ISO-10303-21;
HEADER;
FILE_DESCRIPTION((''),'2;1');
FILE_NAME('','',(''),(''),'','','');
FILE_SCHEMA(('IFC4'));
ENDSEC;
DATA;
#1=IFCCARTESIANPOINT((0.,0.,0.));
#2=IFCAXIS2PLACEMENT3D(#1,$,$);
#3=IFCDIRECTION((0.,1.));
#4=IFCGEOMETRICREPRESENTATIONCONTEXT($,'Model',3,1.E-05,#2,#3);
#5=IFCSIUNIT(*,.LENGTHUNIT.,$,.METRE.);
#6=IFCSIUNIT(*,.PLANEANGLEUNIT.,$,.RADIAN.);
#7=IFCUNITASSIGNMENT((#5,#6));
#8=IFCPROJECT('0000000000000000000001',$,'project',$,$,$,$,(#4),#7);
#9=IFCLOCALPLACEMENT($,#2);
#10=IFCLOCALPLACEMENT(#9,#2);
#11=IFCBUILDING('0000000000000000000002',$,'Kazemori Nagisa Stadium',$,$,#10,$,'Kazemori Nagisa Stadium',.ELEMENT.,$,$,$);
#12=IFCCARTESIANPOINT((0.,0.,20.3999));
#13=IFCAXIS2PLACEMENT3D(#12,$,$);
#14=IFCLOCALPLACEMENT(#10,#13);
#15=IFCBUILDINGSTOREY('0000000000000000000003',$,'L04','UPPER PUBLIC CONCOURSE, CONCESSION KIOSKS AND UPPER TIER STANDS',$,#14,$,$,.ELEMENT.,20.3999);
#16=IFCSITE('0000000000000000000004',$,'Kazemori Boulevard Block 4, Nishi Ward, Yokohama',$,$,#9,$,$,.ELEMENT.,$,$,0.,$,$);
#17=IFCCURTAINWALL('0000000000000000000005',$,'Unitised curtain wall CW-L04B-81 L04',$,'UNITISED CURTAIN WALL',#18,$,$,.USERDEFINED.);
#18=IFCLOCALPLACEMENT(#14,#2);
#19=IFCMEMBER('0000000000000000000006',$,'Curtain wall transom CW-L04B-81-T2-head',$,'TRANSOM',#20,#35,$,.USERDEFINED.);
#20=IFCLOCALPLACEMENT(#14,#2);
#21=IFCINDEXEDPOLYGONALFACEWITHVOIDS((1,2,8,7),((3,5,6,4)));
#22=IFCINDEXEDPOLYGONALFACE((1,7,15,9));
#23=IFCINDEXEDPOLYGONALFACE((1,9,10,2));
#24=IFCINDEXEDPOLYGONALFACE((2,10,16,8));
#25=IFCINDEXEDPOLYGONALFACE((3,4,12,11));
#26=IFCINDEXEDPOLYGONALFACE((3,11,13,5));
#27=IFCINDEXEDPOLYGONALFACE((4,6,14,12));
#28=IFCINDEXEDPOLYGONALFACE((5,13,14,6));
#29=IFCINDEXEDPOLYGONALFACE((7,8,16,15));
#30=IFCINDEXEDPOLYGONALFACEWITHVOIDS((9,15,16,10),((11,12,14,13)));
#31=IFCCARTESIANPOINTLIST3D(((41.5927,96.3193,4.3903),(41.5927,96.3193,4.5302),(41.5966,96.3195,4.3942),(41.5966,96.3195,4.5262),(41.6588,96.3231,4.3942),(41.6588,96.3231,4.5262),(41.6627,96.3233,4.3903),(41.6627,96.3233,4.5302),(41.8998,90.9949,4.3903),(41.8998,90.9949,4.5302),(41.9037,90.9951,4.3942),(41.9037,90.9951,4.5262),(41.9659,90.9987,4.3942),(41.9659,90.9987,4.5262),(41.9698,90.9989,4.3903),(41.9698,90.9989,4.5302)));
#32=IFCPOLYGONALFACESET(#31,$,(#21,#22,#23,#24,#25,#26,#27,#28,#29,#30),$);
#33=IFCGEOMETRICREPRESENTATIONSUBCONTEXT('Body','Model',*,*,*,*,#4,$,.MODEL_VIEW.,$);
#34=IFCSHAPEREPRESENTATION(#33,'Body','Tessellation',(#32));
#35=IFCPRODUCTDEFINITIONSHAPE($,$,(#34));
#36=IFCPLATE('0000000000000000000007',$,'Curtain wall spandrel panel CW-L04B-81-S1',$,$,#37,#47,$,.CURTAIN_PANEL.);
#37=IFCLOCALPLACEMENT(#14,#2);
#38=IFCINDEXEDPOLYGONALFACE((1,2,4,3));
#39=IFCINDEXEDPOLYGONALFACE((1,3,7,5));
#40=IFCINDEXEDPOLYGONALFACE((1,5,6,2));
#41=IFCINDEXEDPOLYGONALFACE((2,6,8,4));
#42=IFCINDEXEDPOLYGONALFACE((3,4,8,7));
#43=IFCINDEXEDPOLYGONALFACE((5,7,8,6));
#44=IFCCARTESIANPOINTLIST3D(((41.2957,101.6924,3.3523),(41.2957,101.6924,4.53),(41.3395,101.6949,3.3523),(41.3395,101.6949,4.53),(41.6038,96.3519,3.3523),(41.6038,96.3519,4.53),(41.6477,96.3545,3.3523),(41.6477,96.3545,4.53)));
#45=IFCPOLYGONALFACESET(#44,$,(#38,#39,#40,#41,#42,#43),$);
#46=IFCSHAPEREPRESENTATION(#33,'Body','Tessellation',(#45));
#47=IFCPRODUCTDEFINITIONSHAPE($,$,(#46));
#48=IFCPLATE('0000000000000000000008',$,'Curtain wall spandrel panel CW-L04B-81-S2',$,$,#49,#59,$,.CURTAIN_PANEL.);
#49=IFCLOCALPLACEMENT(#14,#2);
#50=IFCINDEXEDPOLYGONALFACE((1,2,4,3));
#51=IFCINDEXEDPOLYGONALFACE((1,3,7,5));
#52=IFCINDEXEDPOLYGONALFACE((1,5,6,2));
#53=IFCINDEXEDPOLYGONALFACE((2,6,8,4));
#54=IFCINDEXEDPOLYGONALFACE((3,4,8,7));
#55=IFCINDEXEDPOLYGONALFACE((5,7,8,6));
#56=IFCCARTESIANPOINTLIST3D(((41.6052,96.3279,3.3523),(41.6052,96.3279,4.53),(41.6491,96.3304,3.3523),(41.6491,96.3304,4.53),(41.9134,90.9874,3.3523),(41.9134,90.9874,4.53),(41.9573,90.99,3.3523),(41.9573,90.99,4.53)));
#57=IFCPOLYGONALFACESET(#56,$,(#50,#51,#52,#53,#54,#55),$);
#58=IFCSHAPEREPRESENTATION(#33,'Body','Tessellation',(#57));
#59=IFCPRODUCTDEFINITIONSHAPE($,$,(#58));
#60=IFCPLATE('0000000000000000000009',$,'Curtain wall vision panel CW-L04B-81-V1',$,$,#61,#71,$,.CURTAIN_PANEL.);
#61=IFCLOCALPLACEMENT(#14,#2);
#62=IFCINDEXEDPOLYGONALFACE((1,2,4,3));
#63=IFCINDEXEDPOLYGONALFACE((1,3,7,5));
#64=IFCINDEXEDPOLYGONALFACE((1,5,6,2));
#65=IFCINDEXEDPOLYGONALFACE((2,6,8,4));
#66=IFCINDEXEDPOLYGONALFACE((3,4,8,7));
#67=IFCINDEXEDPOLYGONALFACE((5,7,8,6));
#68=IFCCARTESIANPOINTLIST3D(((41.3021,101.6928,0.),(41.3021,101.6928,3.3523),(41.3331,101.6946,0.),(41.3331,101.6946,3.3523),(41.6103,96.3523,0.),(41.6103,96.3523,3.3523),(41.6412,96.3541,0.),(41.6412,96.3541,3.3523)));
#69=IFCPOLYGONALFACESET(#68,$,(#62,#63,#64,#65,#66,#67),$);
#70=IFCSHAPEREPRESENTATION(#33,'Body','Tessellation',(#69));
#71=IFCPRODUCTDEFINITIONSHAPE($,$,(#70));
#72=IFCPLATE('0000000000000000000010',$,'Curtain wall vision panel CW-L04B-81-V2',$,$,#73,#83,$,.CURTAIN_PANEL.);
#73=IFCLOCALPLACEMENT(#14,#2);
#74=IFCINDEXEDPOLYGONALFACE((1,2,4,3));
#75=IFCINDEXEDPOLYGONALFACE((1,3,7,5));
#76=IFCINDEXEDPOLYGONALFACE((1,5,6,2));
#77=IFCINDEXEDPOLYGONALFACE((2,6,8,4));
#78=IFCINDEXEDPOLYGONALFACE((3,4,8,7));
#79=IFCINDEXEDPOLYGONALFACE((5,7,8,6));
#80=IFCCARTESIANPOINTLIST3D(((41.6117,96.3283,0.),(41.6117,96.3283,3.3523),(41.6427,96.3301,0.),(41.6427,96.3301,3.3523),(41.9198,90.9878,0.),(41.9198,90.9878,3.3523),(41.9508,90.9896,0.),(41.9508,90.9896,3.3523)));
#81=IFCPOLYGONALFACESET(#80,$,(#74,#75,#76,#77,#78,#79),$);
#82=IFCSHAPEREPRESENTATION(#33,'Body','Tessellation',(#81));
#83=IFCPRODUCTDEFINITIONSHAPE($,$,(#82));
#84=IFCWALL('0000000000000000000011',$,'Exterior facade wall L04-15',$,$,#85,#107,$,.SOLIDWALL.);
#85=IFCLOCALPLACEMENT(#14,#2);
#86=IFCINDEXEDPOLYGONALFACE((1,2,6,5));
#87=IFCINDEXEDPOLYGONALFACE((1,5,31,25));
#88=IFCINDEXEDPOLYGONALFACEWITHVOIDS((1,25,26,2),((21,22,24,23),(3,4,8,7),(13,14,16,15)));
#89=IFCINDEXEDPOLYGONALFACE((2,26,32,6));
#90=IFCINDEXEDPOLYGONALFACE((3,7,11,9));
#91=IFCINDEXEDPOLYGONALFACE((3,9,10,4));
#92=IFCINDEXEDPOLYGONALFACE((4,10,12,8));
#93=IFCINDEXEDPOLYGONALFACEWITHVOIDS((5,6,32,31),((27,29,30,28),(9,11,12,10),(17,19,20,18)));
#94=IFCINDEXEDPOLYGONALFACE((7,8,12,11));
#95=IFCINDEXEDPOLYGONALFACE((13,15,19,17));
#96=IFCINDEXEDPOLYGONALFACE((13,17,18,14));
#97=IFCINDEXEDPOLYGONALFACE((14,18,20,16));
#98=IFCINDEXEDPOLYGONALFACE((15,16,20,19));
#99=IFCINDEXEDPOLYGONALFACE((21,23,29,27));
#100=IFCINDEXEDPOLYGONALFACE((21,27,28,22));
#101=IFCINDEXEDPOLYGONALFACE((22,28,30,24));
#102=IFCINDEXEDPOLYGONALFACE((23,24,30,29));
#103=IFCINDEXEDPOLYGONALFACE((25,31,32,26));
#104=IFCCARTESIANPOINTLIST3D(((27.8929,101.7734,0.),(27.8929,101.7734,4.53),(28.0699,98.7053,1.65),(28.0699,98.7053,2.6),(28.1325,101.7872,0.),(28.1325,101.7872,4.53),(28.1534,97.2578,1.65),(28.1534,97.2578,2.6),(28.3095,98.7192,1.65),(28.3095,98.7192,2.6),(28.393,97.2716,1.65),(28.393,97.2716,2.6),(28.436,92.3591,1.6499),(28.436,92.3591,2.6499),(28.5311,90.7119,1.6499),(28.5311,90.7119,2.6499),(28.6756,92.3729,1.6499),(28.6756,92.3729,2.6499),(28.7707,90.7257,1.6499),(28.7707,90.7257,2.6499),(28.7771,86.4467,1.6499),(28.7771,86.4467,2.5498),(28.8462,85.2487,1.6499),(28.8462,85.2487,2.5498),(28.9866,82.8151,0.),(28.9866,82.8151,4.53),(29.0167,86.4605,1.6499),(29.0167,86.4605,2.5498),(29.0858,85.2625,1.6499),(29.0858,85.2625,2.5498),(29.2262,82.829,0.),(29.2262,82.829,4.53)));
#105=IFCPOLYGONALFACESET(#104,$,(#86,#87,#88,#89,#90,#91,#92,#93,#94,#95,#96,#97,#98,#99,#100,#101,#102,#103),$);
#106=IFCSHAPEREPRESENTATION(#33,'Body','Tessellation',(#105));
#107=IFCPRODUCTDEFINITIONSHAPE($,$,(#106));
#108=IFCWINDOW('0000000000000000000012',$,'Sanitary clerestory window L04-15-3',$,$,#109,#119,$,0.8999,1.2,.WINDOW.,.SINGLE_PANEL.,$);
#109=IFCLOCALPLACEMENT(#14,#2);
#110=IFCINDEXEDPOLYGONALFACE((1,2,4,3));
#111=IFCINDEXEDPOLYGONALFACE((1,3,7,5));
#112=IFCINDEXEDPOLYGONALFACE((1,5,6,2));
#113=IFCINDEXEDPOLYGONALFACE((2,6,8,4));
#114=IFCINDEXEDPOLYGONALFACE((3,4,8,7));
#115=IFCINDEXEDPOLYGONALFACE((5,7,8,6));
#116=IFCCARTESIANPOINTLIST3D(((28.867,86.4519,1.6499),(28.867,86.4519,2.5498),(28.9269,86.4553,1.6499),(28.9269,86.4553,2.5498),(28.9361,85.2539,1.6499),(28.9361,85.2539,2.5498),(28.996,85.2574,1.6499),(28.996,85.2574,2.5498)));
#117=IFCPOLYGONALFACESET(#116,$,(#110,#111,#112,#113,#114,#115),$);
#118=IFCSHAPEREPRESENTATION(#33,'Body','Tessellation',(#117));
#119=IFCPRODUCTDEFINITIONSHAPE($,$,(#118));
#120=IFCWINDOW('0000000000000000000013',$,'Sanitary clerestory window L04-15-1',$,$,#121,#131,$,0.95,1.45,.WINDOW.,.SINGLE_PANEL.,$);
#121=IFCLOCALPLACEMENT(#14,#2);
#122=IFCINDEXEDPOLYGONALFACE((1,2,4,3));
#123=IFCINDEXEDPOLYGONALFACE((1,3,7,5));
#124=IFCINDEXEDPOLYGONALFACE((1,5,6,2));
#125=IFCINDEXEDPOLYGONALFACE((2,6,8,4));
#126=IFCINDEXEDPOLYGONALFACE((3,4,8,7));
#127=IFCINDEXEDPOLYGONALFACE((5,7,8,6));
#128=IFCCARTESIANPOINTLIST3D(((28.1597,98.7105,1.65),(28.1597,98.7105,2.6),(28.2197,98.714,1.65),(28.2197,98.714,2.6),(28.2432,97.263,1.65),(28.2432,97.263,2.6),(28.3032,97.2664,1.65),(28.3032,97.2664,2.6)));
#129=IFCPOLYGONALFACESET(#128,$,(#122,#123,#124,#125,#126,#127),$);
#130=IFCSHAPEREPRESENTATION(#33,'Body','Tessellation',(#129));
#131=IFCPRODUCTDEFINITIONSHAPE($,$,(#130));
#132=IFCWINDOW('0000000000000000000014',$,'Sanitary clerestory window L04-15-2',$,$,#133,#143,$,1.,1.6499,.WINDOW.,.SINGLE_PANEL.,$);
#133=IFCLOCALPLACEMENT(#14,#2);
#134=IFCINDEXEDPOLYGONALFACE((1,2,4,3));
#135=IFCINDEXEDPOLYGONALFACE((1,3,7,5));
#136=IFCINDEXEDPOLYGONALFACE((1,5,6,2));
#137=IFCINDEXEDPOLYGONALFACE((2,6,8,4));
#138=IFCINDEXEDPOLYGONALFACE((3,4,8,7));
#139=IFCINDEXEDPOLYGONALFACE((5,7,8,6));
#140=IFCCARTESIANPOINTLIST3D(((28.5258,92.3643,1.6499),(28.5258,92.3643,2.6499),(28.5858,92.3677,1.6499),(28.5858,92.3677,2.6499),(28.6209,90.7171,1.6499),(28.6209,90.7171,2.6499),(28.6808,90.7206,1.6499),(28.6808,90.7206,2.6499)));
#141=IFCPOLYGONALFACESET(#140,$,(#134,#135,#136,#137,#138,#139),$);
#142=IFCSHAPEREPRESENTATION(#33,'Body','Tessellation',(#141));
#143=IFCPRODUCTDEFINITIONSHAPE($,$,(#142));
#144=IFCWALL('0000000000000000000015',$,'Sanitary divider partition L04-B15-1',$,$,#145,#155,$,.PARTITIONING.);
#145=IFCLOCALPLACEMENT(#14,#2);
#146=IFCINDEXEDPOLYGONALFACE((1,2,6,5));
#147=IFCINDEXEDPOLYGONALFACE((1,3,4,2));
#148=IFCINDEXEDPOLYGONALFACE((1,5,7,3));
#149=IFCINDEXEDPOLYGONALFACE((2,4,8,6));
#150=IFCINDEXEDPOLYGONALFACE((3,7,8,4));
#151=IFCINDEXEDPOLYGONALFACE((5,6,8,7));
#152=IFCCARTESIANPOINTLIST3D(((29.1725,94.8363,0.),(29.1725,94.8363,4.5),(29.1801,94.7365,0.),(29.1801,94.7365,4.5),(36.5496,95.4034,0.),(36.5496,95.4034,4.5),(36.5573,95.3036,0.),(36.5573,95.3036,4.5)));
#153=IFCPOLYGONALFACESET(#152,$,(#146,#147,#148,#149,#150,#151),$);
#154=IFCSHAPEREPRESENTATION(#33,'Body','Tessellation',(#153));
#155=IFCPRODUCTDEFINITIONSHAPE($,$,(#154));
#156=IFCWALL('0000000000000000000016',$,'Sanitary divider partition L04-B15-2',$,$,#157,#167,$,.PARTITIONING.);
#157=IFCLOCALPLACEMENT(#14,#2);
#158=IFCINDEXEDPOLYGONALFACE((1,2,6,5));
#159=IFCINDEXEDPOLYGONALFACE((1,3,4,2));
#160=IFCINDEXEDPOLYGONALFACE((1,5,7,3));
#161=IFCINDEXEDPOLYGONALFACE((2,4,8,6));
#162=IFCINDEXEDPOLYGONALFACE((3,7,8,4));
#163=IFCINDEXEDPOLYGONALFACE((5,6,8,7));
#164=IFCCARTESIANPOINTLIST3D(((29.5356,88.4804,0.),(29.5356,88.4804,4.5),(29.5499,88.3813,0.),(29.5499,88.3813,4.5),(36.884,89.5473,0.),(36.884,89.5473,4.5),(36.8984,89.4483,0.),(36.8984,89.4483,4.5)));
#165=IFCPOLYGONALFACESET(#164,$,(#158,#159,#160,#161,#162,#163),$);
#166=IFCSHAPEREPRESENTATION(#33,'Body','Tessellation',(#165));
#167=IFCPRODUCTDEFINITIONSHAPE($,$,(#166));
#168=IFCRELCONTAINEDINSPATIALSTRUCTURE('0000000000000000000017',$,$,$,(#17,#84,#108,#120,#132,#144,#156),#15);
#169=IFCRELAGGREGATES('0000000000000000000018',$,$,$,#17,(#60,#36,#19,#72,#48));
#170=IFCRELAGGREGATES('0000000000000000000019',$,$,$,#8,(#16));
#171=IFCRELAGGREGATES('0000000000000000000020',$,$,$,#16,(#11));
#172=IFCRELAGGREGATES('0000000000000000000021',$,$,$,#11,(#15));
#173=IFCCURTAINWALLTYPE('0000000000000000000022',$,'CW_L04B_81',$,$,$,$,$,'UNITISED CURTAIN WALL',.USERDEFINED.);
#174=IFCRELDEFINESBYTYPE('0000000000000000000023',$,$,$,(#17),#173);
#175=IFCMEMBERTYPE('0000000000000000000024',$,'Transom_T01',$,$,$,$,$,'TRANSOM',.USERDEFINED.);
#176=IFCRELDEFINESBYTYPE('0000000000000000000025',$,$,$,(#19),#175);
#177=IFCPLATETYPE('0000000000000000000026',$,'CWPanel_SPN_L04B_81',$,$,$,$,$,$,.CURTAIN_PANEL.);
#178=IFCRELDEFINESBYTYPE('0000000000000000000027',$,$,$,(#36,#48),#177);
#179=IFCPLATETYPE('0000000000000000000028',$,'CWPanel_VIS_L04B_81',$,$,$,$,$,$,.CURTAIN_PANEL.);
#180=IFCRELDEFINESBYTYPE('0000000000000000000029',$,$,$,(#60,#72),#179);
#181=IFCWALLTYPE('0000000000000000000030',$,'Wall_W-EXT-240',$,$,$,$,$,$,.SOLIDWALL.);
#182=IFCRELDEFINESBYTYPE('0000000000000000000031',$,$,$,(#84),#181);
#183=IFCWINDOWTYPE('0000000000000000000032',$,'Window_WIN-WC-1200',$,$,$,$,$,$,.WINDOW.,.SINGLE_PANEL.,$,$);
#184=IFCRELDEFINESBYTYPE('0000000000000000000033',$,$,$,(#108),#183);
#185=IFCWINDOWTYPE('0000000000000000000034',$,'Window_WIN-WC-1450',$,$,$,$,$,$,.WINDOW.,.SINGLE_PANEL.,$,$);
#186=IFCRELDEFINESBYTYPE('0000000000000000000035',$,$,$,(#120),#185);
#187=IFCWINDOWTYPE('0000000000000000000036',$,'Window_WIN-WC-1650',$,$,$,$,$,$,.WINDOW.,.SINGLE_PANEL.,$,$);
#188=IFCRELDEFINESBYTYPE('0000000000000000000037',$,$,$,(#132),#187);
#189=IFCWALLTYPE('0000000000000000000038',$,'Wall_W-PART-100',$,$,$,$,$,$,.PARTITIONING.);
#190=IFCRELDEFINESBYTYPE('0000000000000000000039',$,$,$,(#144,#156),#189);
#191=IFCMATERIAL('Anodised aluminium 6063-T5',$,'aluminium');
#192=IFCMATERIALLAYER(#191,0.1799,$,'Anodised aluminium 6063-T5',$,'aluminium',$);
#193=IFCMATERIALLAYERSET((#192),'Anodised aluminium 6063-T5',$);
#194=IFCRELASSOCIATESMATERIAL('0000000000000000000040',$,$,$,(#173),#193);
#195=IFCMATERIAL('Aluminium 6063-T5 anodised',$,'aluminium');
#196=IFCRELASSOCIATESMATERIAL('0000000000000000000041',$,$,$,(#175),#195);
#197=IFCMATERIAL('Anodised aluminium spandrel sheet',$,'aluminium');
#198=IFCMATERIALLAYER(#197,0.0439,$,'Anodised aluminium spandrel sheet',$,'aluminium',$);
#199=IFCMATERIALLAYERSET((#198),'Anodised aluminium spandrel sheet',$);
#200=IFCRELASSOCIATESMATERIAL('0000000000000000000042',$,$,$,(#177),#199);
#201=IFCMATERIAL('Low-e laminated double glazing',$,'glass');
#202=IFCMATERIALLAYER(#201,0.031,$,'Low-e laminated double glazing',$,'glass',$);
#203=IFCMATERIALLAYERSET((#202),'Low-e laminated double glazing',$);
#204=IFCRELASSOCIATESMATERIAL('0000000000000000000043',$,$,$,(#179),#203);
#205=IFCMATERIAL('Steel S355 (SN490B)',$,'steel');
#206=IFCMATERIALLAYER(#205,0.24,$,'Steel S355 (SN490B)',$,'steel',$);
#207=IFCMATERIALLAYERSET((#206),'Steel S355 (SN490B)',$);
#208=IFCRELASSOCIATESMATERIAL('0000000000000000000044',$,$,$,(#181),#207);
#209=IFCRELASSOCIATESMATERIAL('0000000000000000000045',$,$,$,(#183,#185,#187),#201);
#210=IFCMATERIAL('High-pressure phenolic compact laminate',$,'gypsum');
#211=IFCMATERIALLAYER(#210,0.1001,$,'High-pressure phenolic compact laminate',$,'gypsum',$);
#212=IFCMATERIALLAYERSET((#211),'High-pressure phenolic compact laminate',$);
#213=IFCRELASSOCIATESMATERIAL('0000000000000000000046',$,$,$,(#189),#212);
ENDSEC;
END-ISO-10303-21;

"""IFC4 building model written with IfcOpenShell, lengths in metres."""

from ifc_helpers import new_model, si_unit, direction, frame, frame_2d, origin, origin_2d, place, context, subcontext, project, spatial, rectangle, hollow_rectangle, extrude, material, layer, layer_set, material_profile, profile_set, type_object, element, fill, aggregate, save


model = new_model("IFC4")

# Units and contexts
model_context = context("Model", 3, precision=1e-05, world=origin(), true_north=direction((0.0, 1.0)))
body_context = subcontext(model_context, "Body", "Model", "MODEL_VIEW")
ifc_project = project(units=[si_unit("LENGTHUNIT", "METRE"), si_unit("PLANEANGLEUNIT", "RADIAN")], contexts=[model_context])

# Site, building, storey
site_placement = place(None, origin())
site = spatial("IfcSite", under=ifc_project, at=site_placement, Name="Kazemori Boulevard Block 4, Nishi Ward, Yokohama", CompositionType="ELEMENT", RefElevation=0.0)
building_placement = place(site_placement, origin())
building = spatial("IfcBuilding", under=site, at=building_placement, Name="Kazemori Nagisa Stadium", LongName="Kazemori Nagisa Stadium", CompositionType="ELEMENT")
storey_placement = place(building_placement, frame((0.0, 0.0, 20.3999)))
storey = spatial("IfcBuildingStorey", under=building, at=storey_placement, Name="L04", Description="UPPER PUBLIC CONCOURSE, CONCESSION KIOSKS AND UPPER TIER STANDS", CompositionType="ELEMENT", Elevation=20.3999)

# Curtain wall, member, plates
ifc_material_1 = material(Name="Anodised aluminium 6063-T5", Category="aluminium")
ifc_layer_1 = layer(ifc_material_1, 0.1799, Name="Anodised aluminium 6063-T5", Category="aluminium")
ifc_layer_set_1 = layer_set([ifc_layer_1], Name="Anodised aluminium 6063-T5")
curtain_wall_type = type_object("IfcCurtainWallType", Name="CW_L04B_81", ElementType="UNITISED CURTAIN WALL", PredefinedType="USERDEFINED", material=ifc_layer_set_1)
curtain_wall_placement = place(storey_placement, origin())
curtain_wall = element("IfcCurtainWall", 1, at=curtain_wall_placement, inside=storey, type_object=curtain_wall_type, Name="Unitised curtain wall CW-L04B-81 L04", ObjectType="UNITISED CURTAIN WALL", PredefinedType="USERDEFINED")
ifc_material_2 = material(Name="Aluminium 6063-T5 anodised", Category="aluminium")
ifc_material_profile_1 = material_profile(ifc_material_2, hollow_rectangle(XDim=0.0701, YDim=0.1399, WallThickness=0.0039, at=origin_2d()), Name="ALU-TRAN-70x140x4")
ifc_profile_set_1 = profile_set([ifc_material_profile_1], Name="Aluminium 6063-T5 anodised")
member_type_1 = type_object("IfcMemberType", Name="Transom_T01", ElementType="TRANSOM", PredefinedType="USERDEFINED", material=ifc_profile_set_1)
member_1_placement = place(storey_placement, frame((41.6277, 96.3213, 4.4602), z_axis=(0.057587, -0.99834, 0.0), x_axis=(0.99834, 0.057587, 0.0)))
member_1 = element("IfcMember", 2, at=member_1_placement, type_object=member_type_1, Name="Curtain wall transom CW-L04B-81-T2-head", ObjectType="TRANSOM", PredefinedType="USERDEFINED", context=body_context, shape_type="SweptSolid", body=[
    extrude(hollow_rectangle(XDim=0.0701, YDim=0.1399, WallThickness=0.0039, at=origin_2d()), origin(), (0.0, 0.0, 1.0), 5.3333),
])
ifc_material_3 = material(Name="Anodised aluminium spandrel sheet", Category="aluminium")
ifc_layer_2 = layer(ifc_material_3, 0.0439, Name="Anodised aluminium spandrel sheet", Category="aluminium")
ifc_layer_set_2 = layer_set([ifc_layer_2], Name="Anodised aluminium spandrel sheet")
plate_type_1 = type_object("IfcPlateType", Name="CWPanel_SPN_L04B_81", PredefinedType="CURTAIN_PANEL", material=ifc_layer_set_2)
plate_1_placement = place(storey_placement, frame((41.4717, 99.0234, 3.3523), z_axis=(0.0, 0.0, 1.0), x_axis=(0.057602, -0.99834, 0.0)))
plate_1 = element("IfcPlate", 3, at=plate_1_placement, type_object=plate_type_1, Name="Curtain wall spandrel panel CW-L04B-81-S1", PredefinedType="CURTAIN_PANEL", context=body_context, shape_type="SweptSolid", body=[
    extrude(rectangle(XDim=5.3494, YDim=0.0439, at=origin_2d()), origin(), (0.0, 0.0, 1.0), 1.1777),
])
plate_2_placement = place(storey_placement, frame((41.7812, 93.6589, 3.3523), z_axis=(0.0, 0.0, 1.0), x_axis=(0.057602, -0.99834, 0.0)))
plate_2 = element("IfcPlate", 4, at=plate_2_placement, type_object=plate_type_1, Name="Curtain wall spandrel panel CW-L04B-81-S2", PredefinedType="CURTAIN_PANEL", context=body_context, shape_type="SweptSolid", body=[
    extrude(rectangle(XDim=5.3494, YDim=0.0439, at=origin_2d()), origin(), (0.0, 0.0, 1.0), 1.1777),
])
ifc_material_4 = material(Name="Low-e laminated double glazing", Category="glass")
ifc_layer_3 = layer(ifc_material_4, 0.031, Name="Low-e laminated double glazing", Category="glass")
ifc_layer_set_3 = layer_set([ifc_layer_3], Name="Low-e laminated double glazing")
plate_type_2 = type_object("IfcPlateType", Name="CWPanel_VIS_L04B_81", PredefinedType="CURTAIN_PANEL", material=ifc_layer_set_3)
plate_3_placement = place(storey_placement, frame((41.4717, 99.0234, 0.0), z_axis=(0.0, 0.0, 1.0), x_axis=(0.057602, -0.99834, 0.0)))
plate_3 = element("IfcPlate", 5, at=plate_3_placement, type_object=plate_type_2, Name="Curtain wall vision panel CW-L04B-81-V1", PredefinedType="CURTAIN_PANEL", context=body_context, shape_type="SweptSolid", body=[
    extrude(rectangle(XDim=5.3494, YDim=0.031, at=origin_2d()), origin(), (0.0, 0.0, 1.0), 3.3523),
])
plate_4_placement = place(storey_placement, frame((41.7812, 93.6589, 0.0), z_axis=(0.0, 0.0, 1.0), x_axis=(0.057602, -0.99834, 0.0)))
plate_4 = element("IfcPlate", 6, at=plate_4_placement, type_object=plate_type_2, Name="Curtain wall vision panel CW-L04B-81-V2", PredefinedType="CURTAIN_PANEL", context=body_context, shape_type="SweptSolid", body=[
    extrude(rectangle(XDim=5.3494, YDim=0.031, at=origin_2d()), origin(), (0.0, 0.0, 1.0), 3.3523),
])
aggregate(curtain_wall, [plate_3, plate_1, member_1, plate_4, plate_2])

# Wall, openings, windows
ifc_material_5 = material(Name="Steel S355 (SN490B)", Category="steel")
ifc_layer_4 = layer(ifc_material_5, 0.24, Name="Steel S355 (SN490B)", Category="steel")
ifc_layer_set_4 = layer_set([ifc_layer_4], Name="Steel S355 (SN490B)")
wall_type_1 = type_object("IfcWallType", Name="Wall_W-EXT-240", PredefinedType="SOLIDWALL", material=ifc_layer_set_4)
wall_1_placement = place(storey_placement, frame((28.0127, 101.7803, 0.0), z_axis=(0.0, 0.0, 1.0), x_axis=(0.057597, -0.99834, 0.0)))
wall_1 = element("IfcWall", 7, at=wall_1_placement, inside=storey, type_object=wall_type_1, Name="Exterior facade wall L04-15", PredefinedType="SOLIDWALL", context=body_context, shape_type="SweptSolid", body=[
    extrude(rectangle(XDim=18.9897, YDim=0.24, at=frame_2d((9.4949, 0.0))), origin(), (0.0, 0.0, 1.0), 4.53),
])
opening_1_placement = place(wall_1_placement, frame((3.073, 0.0, 1.6499)))
opening_1 = element("IfcOpeningElement", 8, at=opening_1_placement, cuts=wall_1, PredefinedType="OPENING", context=body_context, shape_type="SweptSolid", body=[
    extrude(rectangle(XDim=1.45, YDim=0.95, at=frame_2d((0.7251, 0.4751))), frame((0.0, 0.1299, 0.0), z_axis=(0.0, -1.0, 0.0), x_axis=(1.0, 0.0, 0.0)), (0.0, 0.0, 1.0), 0.26),
])
opening_2_placement = place(wall_1_placement, frame((9.4299, 0.0, 1.6499)))
opening_2 = element("IfcOpeningElement", 9, at=opening_2_placement, cuts=wall_1, PredefinedType="OPENING", context=body_context, shape_type="SweptSolid", body=[
    extrude(rectangle(XDim=1.6499, YDim=1.0, at=frame_2d((0.825, 0.5))), frame((0.0, 0.1299, 0.0), z_axis=(0.0, -1.0, 0.0), x_axis=(1.0, 0.0, 0.0)), (0.0, 0.0, 1.0), 0.26),
])
opening_3_placement = place(wall_1_placement, frame((15.3521, 0.0, 1.6499)))
opening_3 = element("IfcOpeningElement", 10, at=opening_3_placement, cuts=wall_1, PredefinedType="OPENING", context=body_context, shape_type="SweptSolid", body=[
    extrude(rectangle(XDim=1.2, YDim=0.8999, at=frame_2d((0.6001, 0.45))), frame((0.0, 0.1299, 0.0), z_axis=(0.0, -1.0, 0.0), x_axis=(1.0, 0.0, 0.0)), (0.0, 0.0, 1.0), 0.26),
])
window_type_1 = type_object("IfcWindowType", Name="Window_WIN-WC-1200", PartitioningType="SINGLE_PANEL", PredefinedType="WINDOW", material=ifc_material_4)
window_1_placement = place(opening_3_placement, origin())
window_1 = element("IfcWindow", 11, at=window_1_placement, inside=storey, type_object=window_type_1, Name="Sanitary clerestory window L04-15-3", OverallHeight=0.8999, OverallWidth=1.2, PartitioningType="SINGLE_PANEL", PredefinedType="WINDOW", context=body_context, shape_type="SweptSolid", body=[
    extrude(rectangle(XDim=1.2, YDim=0.8999, at=frame_2d((0.6001, 0.45))), frame((0.0, 0.03, 0.0), z_axis=(0.0, -1.0, 0.0), x_axis=(1.0, 0.0, 0.0)), (0.0, 0.0, 1.0), 0.0601),
])
fill(opening_3, window_1)
window_type_2 = type_object("IfcWindowType", Name="Window_WIN-WC-1450", PartitioningType="SINGLE_PANEL", PredefinedType="WINDOW", material=ifc_material_4)
window_2_placement = place(opening_1_placement, origin())
window_2 = element("IfcWindow", 12, at=window_2_placement, inside=storey, type_object=window_type_2, Name="Sanitary clerestory window L04-15-1", OverallHeight=0.95, OverallWidth=1.45, PartitioningType="SINGLE_PANEL", PredefinedType="WINDOW", context=body_context, shape_type="SweptSolid", body=[
    extrude(rectangle(XDim=1.45, YDim=0.95, at=frame_2d((0.7251, 0.4751))), frame((0.0, 0.03, 0.0), z_axis=(0.0, -1.0, 0.0), x_axis=(1.0, 0.0, 0.0)), (0.0, 0.0, 1.0), 0.0601),
])
fill(opening_1, window_2)
window_type_3 = type_object("IfcWindowType", Name="Window_WIN-WC-1650", PartitioningType="SINGLE_PANEL", PredefinedType="WINDOW", material=ifc_material_4)
window_3_placement = place(opening_2_placement, origin())
window_3 = element("IfcWindow", 13, at=window_3_placement, inside=storey, type_object=window_type_3, Name="Sanitary clerestory window L04-15-2", OverallHeight=1.0, OverallWidth=1.6499, PartitioningType="SINGLE_PANEL", PredefinedType="WINDOW", context=body_context, shape_type="SweptSolid", body=[
    extrude(rectangle(XDim=1.6499, YDim=1.0, at=frame_2d((0.825, 0.5))), frame((0.0, 0.03, 0.0), z_axis=(0.0, -1.0, 0.0), x_axis=(1.0, 0.0, 0.0)), (0.0, 0.0, 1.0), 0.0601),
])
fill(opening_2, window_3)

# Walls
ifc_material_6 = material(Name="High-pressure phenolic compact laminate", Category="gypsum")
ifc_layer_5 = layer(ifc_material_6, 0.1001, Name="High-pressure phenolic compact laminate", Category="gypsum")
ifc_layer_set_5 = layer_set([ifc_layer_5], Name="High-pressure phenolic compact laminate")
wall_type_2 = type_object("IfcWallType", Name="Wall_W-PART-100", PredefinedType="PARTITIONING", material=ifc_layer_set_5)
wall_2_placement = place(storey_placement, frame((36.5535, 95.3535, 0.0), z_axis=(0.0, 0.0, 1.0), x_axis=(-0.997058, -0.076651, 0.0)))
element("IfcWall", 14, at=wall_2_placement, inside=storey, type_object=wall_type_2, Name="Sanitary divider partition L04-B15-1", PredefinedType="PARTITIONING", context=body_context, shape_type="SweptSolid", body=[
    extrude(rectangle(XDim=7.3989, YDim=0.1001, at=frame_2d((3.6995, 0.0))), origin(), (0.0, 0.0, 1.0), 4.5),
])
wall_3_placement = place(storey_placement, frame((36.8914, 89.4978, 0.0), z_axis=(0.0, 0.0, 1.0), x_axis=(-0.989624, -0.143681, 0.0)))
element("IfcWall", 15, at=wall_3_placement, inside=storey, type_object=wall_type_2, Name="Sanitary divider partition L04-B15-2", PredefinedType="PARTITIONING", context=body_context, shape_type="SweptSolid", body=[
    extrude(rectangle(XDim=7.4255, YDim=0.1001, at=frame_2d((3.7129, 0.0))), origin(), (0.0, 0.0, 1.0), 4.5),
])

save(model, "model.ifc")
